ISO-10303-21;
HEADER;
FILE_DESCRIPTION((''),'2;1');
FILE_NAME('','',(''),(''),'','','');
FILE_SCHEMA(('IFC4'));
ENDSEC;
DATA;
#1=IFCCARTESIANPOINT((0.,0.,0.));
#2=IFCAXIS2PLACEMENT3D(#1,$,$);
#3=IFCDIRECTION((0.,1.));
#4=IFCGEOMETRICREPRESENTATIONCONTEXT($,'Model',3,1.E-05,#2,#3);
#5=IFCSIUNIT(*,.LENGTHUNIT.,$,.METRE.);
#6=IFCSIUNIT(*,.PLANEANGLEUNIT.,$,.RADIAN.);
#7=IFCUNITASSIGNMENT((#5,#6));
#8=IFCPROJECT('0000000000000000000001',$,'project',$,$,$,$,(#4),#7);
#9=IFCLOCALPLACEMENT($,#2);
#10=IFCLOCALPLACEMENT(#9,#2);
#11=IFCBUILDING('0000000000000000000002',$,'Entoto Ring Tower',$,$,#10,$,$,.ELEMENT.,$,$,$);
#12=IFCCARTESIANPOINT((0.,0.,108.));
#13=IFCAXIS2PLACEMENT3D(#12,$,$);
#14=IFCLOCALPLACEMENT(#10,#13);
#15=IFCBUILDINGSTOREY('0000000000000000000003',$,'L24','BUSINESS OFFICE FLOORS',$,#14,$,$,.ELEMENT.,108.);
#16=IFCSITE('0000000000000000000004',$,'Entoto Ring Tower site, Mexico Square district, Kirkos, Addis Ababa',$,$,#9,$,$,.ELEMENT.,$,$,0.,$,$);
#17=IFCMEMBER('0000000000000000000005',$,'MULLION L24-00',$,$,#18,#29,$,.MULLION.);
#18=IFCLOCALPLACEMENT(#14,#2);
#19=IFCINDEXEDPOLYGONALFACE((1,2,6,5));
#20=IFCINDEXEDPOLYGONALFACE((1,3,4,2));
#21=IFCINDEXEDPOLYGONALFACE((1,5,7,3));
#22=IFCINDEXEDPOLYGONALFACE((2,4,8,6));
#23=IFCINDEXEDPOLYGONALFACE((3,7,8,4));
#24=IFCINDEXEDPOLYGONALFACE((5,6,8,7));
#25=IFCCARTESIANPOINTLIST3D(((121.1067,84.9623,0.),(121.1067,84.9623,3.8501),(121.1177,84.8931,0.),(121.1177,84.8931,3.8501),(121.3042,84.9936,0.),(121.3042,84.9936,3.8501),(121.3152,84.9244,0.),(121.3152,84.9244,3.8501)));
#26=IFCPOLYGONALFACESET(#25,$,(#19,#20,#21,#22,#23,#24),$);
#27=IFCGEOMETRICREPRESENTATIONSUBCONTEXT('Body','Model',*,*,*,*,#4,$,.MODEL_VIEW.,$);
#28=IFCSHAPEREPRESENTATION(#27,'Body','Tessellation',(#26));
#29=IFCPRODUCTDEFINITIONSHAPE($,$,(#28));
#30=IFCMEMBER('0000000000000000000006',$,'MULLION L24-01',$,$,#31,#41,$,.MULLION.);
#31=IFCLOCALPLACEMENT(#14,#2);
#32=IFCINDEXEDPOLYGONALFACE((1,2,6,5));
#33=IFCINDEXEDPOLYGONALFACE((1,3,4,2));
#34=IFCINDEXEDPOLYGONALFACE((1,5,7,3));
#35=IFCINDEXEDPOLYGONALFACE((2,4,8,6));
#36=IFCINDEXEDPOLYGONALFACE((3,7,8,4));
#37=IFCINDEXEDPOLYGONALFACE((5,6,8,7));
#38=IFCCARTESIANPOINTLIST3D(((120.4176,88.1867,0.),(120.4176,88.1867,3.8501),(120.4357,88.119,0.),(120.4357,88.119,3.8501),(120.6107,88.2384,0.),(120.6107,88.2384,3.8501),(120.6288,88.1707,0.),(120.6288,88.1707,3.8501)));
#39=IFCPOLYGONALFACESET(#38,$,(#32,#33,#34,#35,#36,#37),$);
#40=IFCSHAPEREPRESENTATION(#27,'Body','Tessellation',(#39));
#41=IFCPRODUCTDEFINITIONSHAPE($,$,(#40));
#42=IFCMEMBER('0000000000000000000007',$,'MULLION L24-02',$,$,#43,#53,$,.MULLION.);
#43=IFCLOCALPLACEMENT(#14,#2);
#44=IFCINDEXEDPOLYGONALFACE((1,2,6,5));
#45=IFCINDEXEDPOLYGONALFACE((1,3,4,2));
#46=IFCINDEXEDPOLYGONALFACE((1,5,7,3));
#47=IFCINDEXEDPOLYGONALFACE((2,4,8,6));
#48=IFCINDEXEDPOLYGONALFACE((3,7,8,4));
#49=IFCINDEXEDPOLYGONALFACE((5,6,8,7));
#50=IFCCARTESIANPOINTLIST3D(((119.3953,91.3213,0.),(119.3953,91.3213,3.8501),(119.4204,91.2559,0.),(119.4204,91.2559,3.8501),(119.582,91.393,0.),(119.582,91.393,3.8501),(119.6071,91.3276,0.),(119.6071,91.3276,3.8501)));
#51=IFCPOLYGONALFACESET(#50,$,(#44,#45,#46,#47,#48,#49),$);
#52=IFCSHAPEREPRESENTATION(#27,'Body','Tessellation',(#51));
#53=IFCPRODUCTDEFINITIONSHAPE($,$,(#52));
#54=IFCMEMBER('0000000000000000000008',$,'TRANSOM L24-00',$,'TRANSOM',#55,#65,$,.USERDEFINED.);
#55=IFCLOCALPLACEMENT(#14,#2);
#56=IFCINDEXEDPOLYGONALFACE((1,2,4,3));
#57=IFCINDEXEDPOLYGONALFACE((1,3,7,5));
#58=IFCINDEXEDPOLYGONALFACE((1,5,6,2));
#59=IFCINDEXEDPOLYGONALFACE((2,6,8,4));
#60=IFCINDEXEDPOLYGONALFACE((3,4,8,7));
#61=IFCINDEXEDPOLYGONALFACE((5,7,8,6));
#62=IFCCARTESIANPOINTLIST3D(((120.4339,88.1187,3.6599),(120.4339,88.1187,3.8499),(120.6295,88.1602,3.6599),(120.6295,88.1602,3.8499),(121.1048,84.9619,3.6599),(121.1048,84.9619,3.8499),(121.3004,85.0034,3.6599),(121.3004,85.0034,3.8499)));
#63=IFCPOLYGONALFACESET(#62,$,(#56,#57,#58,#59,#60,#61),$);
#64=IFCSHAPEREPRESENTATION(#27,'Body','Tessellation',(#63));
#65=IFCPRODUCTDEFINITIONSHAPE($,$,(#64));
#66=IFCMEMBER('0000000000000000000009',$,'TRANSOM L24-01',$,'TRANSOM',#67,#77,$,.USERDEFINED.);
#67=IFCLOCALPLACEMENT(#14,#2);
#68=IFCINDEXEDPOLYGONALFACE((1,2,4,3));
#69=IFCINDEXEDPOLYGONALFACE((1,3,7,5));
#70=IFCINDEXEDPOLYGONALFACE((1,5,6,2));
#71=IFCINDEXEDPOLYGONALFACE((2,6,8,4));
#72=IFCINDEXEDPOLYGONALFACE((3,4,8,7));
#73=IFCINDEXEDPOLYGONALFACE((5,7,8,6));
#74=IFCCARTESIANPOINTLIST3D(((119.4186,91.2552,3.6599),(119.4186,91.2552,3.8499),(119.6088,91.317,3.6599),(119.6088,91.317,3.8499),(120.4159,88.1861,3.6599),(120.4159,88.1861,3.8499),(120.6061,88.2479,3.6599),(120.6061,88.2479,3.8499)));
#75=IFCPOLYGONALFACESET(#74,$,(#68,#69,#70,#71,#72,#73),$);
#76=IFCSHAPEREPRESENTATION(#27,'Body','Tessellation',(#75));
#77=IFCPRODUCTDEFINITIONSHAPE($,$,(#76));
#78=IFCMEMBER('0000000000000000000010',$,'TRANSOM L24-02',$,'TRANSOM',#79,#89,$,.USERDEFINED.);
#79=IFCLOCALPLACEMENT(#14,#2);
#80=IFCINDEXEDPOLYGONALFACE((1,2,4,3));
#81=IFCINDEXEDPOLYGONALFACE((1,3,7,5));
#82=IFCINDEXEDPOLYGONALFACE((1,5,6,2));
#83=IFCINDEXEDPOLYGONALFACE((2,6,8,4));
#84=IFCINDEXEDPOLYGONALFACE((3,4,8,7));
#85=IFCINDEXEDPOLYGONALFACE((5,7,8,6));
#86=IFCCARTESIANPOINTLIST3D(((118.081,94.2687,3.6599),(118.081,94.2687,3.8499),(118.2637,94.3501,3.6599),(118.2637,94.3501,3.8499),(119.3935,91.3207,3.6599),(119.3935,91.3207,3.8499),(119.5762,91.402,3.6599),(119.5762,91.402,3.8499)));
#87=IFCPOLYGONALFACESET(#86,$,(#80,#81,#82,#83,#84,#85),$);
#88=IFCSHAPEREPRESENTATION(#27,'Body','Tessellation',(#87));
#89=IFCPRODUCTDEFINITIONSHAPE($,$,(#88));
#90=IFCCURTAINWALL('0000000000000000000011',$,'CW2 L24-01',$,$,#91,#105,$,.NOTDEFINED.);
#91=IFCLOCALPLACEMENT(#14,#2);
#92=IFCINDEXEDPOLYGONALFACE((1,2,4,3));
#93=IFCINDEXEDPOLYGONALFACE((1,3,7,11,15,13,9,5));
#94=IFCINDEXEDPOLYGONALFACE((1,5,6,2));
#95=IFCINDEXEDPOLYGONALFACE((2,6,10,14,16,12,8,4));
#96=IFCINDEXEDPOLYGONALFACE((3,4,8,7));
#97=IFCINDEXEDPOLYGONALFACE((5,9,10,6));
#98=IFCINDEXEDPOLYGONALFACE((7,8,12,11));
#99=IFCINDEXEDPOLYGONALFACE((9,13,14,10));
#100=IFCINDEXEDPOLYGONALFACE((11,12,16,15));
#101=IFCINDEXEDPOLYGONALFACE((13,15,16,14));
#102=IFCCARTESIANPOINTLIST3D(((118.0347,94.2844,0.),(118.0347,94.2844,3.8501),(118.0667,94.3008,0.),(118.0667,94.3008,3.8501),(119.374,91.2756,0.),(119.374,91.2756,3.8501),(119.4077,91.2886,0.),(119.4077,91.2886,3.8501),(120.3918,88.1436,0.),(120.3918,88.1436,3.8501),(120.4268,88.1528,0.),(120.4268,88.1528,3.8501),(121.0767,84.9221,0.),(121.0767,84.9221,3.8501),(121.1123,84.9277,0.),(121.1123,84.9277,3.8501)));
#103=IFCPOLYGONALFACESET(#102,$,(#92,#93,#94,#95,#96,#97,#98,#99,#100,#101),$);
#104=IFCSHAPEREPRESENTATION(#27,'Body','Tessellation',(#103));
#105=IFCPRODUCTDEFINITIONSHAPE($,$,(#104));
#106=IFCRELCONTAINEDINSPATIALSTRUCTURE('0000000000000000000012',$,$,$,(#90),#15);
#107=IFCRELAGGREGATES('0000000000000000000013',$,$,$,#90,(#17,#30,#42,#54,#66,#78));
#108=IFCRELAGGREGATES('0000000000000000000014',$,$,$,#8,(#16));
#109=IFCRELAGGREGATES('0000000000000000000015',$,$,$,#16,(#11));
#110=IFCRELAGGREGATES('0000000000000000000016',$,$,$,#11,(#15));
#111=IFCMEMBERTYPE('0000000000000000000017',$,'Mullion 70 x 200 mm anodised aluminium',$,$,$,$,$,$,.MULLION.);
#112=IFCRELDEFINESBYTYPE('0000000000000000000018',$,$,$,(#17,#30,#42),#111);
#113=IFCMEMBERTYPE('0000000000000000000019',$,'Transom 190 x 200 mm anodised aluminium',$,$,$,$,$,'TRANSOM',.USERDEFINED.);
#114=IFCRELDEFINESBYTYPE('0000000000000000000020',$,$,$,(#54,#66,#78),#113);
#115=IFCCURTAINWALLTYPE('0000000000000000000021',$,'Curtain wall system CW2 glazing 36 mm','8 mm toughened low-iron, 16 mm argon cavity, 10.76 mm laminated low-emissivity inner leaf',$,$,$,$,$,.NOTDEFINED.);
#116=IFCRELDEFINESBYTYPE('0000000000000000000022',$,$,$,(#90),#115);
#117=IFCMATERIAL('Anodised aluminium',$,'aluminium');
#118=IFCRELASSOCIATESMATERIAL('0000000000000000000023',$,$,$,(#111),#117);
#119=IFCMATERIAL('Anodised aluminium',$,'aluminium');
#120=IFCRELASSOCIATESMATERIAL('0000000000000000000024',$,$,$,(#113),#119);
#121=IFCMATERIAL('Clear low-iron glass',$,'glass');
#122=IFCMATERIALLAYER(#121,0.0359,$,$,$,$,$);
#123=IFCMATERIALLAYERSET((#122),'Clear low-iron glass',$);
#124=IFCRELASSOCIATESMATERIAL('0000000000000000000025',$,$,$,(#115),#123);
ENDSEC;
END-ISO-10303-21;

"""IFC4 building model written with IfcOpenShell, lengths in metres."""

from ifc_helpers import new_model, si_unit, direction, frame, origin, origin_2d, place, context, subcontext, project, spatial, polyline, rectangle, outline, extrude, material, layer, layer_set, material_profile, profile_set, type_object, element, aggregate, save


model = new_model("IFC4")

# Units and contexts
model_context = context("Model", 3, precision=1e-05, world=origin(), true_north=direction((0.0, 1.0)))
body_context = subcontext(model_context, "Body", "Model", "MODEL_VIEW")
ifc_project = project(units=[si_unit("LENGTHUNIT", "METRE"), si_unit("PLANEANGLEUNIT", "RADIAN")], contexts=[model_context])

# Members
ifc_material_1 = material(Name="Anodised aluminium", Category="aluminium")
ifc_material_profile_1 = material_profile(ifc_material_1, rectangle(XDim=0.0701, YDim=0.2, at=origin_2d()), Name="Mullion 70 x 200 mm anodised aluminium")
ifc_profile_set_1 = profile_set([ifc_material_profile_1], Name="Anodised aluminium")
member_type_1 = type_object("IfcMemberType", Name="Mullion 70 x 200 mm anodised aluminium", PredefinedType="MULLION", material=ifc_profile_set_1)
site_placement = place(None, origin())
building_placement = place(site_placement, origin())
storey_placement = place(building_placement, frame((0.0, 0.0, 108.0)))
member_1_placement = place(storey_placement, frame((121.2109, 84.9434, 0.0), z_axis=(0.0, 0.0, 1.0), x_axis=(-0.156434, 0.987688, 0.0)))
member_1 = element("IfcMember", 1, at=member_1_placement, type_object=member_type_1, Name="MULLION L24-00", PredefinedType="MULLION", context=body_context, shape_type="SweptSolid", body=[
    extrude(rectangle(XDim=0.0701, YDim=0.2, at=origin_2d()), origin(), (0.0, 0.0, 1.0), 3.8501),
])
member_2_placement = place(storey_placement, frame((120.5232, 88.1787, 0.0), z_axis=(0.0, 0.0, 1.0), x_axis=(-0.258819, 0.965926, 0.0)))
member_2 = element("IfcMember", 2, at=member_2_placement, type_object=member_type_1, Name="MULLION L24-01", PredefinedType="MULLION", context=body_context, shape_type="SweptSolid", body=[
    extrude(rectangle(XDim=0.0701, YDim=0.2, at=origin_2d()), origin(), (0.0, 0.0, 1.0), 3.8501),
])
member_3_placement = place(storey_placement, frame((119.5012, 91.3245, 0.0), z_axis=(0.0, 0.0, 1.0), x_axis=(-0.358368, 0.93358, 0.0)))
member_3 = element("IfcMember", 3, at=member_3_placement, type_object=member_type_1, Name="MULLION L24-02", PredefinedType="MULLION", context=body_context, shape_type="SweptSolid", body=[
    extrude(rectangle(XDim=0.0701, YDim=0.2, at=origin_2d()), origin(), (0.0, 0.0, 1.0), 3.8501),
])
ifc_material_2 = material(Name="Anodised aluminium", Category="aluminium")
ifc_material_profile_2 = material_profile(ifc_material_2, rectangle(XDim=0.2, YDim=0.1899, at=origin_2d()), Name="Transom 190 x 200 mm anodised aluminium")
ifc_profile_set_2 = profile_set([ifc_material_profile_2], Name="Anodised aluminium")
member_type_2 = type_object("IfcMemberType", Name="Transom 190 x 200 mm anodised aluminium", ElementType="TRANSOM", PredefinedType="USERDEFINED", material=ifc_profile_set_2)
member_4_placement = place(storey_placement, frame((121.2026, 84.9827, 3.7549), z_axis=(-0.207886, 0.978153, 0.0), x_axis=(-0.978153, -0.207886, 0.0)))
member_4 = element("IfcMember", 4, at=member_4_placement, type_object=member_type_2, Name="TRANSOM L24-00", ObjectType="TRANSOM", PredefinedType="USERDEFINED", context=body_context, shape_type="SweptSolid", body=[
    extrude(rectangle(XDim=0.2, YDim=0.1899, at=origin_2d()), origin(), (0.0, 0.0, 1.0), 3.2273),
])
member_5_placement = place(storey_placement, frame((120.511, 88.217, 3.7549), z_axis=(-0.309047, 0.951047, 0.0), x_axis=(-0.951047, -0.309047, 0.0)))
member_5 = element("IfcMember", 5, at=member_5_placement, type_object=member_type_2, Name="TRANSOM L24-01", ObjectType="TRANSOM", PredefinedType="USERDEFINED", context=body_context, shape_type="SweptSolid", body=[
    extrude(rectangle(XDim=0.2, YDim=0.1899, at=origin_2d()), origin(), (0.0, 0.0, 1.0), 3.2271),
])
member_6_placement = place(storey_placement, frame((119.4849, 91.3613, 3.7549), z_axis=(-0.406728, 0.913549, 0.0), x_axis=(-0.913549, -0.406728, 0.0)))
member_6 = element("IfcMember", 6, at=member_6_placement, type_object=member_type_2, Name="TRANSOM L24-02", ObjectType="TRANSOM", PredefinedType="USERDEFINED", context=body_context, shape_type="SweptSolid", body=[
    extrude(rectangle(XDim=0.2, YDim=0.1899, at=origin_2d()), origin(), (0.0, 0.0, 1.0), 3.2271),
])

# Site, building, storey
site = spatial("IfcSite", under=ifc_project, at=site_placement, Name="Entoto Ring Tower site, Mexico Square district, Kirkos, Addis Ababa", CompositionType="ELEMENT", RefElevation=0.0)
building = spatial("IfcBuilding", under=site, at=building_placement, Name="Entoto Ring Tower", CompositionType="ELEMENT")
storey = spatial("IfcBuildingStorey", under=building, at=storey_placement, Name="L24", Description="BUSINESS OFFICE FLOORS", CompositionType="ELEMENT", Elevation=108.0)

# Curtain wall
ifc_material_3 = material(Name="Clear low-iron glass", Category="glass")
ifc_layer_1 = layer(ifc_material_3, 0.0359)
ifc_layer_set_1 = layer_set([ifc_layer_1], Name="Clear low-iron glass")
curtain_wall_type = type_object("IfcCurtainWallType", Name="Curtain wall system CW2 glazing 36 mm", Description="8 mm toughened low-iron, 16 mm argon cavity, 10.76 mm laminated low-emissivity inner leaf", PredefinedType="NOTDEFINED", material=ifc_layer_set_1)
curtain_wall_1_placement = place(storey_placement, origin())
curtain_wall_1 = element("IfcCurtainWall", 7, at=curtain_wall_1_placement, inside=storey, type_object=curtain_wall_type, Name="CW2 L24-01", PredefinedType="NOTDEFINED", context=body_context, shape_type="SweptSolid", body=[
    extrude(outline(polyline([(121.1123, 84.9277), (120.4268, 88.1528), (119.4077, 91.2886), (118.0667, 94.3008), (118.0347, 94.2844), (119.374, 91.2756), (120.3918, 88.1436), (121.0767, 84.9221), (121.1123, 84.9277)])), origin(), (0.0, 0.0, 1.0), 3.8501),
])
aggregate(curtain_wall_1, [member_1, member_2, member_3, member_4, member_5, member_6])

save(model, "model.ifc")
